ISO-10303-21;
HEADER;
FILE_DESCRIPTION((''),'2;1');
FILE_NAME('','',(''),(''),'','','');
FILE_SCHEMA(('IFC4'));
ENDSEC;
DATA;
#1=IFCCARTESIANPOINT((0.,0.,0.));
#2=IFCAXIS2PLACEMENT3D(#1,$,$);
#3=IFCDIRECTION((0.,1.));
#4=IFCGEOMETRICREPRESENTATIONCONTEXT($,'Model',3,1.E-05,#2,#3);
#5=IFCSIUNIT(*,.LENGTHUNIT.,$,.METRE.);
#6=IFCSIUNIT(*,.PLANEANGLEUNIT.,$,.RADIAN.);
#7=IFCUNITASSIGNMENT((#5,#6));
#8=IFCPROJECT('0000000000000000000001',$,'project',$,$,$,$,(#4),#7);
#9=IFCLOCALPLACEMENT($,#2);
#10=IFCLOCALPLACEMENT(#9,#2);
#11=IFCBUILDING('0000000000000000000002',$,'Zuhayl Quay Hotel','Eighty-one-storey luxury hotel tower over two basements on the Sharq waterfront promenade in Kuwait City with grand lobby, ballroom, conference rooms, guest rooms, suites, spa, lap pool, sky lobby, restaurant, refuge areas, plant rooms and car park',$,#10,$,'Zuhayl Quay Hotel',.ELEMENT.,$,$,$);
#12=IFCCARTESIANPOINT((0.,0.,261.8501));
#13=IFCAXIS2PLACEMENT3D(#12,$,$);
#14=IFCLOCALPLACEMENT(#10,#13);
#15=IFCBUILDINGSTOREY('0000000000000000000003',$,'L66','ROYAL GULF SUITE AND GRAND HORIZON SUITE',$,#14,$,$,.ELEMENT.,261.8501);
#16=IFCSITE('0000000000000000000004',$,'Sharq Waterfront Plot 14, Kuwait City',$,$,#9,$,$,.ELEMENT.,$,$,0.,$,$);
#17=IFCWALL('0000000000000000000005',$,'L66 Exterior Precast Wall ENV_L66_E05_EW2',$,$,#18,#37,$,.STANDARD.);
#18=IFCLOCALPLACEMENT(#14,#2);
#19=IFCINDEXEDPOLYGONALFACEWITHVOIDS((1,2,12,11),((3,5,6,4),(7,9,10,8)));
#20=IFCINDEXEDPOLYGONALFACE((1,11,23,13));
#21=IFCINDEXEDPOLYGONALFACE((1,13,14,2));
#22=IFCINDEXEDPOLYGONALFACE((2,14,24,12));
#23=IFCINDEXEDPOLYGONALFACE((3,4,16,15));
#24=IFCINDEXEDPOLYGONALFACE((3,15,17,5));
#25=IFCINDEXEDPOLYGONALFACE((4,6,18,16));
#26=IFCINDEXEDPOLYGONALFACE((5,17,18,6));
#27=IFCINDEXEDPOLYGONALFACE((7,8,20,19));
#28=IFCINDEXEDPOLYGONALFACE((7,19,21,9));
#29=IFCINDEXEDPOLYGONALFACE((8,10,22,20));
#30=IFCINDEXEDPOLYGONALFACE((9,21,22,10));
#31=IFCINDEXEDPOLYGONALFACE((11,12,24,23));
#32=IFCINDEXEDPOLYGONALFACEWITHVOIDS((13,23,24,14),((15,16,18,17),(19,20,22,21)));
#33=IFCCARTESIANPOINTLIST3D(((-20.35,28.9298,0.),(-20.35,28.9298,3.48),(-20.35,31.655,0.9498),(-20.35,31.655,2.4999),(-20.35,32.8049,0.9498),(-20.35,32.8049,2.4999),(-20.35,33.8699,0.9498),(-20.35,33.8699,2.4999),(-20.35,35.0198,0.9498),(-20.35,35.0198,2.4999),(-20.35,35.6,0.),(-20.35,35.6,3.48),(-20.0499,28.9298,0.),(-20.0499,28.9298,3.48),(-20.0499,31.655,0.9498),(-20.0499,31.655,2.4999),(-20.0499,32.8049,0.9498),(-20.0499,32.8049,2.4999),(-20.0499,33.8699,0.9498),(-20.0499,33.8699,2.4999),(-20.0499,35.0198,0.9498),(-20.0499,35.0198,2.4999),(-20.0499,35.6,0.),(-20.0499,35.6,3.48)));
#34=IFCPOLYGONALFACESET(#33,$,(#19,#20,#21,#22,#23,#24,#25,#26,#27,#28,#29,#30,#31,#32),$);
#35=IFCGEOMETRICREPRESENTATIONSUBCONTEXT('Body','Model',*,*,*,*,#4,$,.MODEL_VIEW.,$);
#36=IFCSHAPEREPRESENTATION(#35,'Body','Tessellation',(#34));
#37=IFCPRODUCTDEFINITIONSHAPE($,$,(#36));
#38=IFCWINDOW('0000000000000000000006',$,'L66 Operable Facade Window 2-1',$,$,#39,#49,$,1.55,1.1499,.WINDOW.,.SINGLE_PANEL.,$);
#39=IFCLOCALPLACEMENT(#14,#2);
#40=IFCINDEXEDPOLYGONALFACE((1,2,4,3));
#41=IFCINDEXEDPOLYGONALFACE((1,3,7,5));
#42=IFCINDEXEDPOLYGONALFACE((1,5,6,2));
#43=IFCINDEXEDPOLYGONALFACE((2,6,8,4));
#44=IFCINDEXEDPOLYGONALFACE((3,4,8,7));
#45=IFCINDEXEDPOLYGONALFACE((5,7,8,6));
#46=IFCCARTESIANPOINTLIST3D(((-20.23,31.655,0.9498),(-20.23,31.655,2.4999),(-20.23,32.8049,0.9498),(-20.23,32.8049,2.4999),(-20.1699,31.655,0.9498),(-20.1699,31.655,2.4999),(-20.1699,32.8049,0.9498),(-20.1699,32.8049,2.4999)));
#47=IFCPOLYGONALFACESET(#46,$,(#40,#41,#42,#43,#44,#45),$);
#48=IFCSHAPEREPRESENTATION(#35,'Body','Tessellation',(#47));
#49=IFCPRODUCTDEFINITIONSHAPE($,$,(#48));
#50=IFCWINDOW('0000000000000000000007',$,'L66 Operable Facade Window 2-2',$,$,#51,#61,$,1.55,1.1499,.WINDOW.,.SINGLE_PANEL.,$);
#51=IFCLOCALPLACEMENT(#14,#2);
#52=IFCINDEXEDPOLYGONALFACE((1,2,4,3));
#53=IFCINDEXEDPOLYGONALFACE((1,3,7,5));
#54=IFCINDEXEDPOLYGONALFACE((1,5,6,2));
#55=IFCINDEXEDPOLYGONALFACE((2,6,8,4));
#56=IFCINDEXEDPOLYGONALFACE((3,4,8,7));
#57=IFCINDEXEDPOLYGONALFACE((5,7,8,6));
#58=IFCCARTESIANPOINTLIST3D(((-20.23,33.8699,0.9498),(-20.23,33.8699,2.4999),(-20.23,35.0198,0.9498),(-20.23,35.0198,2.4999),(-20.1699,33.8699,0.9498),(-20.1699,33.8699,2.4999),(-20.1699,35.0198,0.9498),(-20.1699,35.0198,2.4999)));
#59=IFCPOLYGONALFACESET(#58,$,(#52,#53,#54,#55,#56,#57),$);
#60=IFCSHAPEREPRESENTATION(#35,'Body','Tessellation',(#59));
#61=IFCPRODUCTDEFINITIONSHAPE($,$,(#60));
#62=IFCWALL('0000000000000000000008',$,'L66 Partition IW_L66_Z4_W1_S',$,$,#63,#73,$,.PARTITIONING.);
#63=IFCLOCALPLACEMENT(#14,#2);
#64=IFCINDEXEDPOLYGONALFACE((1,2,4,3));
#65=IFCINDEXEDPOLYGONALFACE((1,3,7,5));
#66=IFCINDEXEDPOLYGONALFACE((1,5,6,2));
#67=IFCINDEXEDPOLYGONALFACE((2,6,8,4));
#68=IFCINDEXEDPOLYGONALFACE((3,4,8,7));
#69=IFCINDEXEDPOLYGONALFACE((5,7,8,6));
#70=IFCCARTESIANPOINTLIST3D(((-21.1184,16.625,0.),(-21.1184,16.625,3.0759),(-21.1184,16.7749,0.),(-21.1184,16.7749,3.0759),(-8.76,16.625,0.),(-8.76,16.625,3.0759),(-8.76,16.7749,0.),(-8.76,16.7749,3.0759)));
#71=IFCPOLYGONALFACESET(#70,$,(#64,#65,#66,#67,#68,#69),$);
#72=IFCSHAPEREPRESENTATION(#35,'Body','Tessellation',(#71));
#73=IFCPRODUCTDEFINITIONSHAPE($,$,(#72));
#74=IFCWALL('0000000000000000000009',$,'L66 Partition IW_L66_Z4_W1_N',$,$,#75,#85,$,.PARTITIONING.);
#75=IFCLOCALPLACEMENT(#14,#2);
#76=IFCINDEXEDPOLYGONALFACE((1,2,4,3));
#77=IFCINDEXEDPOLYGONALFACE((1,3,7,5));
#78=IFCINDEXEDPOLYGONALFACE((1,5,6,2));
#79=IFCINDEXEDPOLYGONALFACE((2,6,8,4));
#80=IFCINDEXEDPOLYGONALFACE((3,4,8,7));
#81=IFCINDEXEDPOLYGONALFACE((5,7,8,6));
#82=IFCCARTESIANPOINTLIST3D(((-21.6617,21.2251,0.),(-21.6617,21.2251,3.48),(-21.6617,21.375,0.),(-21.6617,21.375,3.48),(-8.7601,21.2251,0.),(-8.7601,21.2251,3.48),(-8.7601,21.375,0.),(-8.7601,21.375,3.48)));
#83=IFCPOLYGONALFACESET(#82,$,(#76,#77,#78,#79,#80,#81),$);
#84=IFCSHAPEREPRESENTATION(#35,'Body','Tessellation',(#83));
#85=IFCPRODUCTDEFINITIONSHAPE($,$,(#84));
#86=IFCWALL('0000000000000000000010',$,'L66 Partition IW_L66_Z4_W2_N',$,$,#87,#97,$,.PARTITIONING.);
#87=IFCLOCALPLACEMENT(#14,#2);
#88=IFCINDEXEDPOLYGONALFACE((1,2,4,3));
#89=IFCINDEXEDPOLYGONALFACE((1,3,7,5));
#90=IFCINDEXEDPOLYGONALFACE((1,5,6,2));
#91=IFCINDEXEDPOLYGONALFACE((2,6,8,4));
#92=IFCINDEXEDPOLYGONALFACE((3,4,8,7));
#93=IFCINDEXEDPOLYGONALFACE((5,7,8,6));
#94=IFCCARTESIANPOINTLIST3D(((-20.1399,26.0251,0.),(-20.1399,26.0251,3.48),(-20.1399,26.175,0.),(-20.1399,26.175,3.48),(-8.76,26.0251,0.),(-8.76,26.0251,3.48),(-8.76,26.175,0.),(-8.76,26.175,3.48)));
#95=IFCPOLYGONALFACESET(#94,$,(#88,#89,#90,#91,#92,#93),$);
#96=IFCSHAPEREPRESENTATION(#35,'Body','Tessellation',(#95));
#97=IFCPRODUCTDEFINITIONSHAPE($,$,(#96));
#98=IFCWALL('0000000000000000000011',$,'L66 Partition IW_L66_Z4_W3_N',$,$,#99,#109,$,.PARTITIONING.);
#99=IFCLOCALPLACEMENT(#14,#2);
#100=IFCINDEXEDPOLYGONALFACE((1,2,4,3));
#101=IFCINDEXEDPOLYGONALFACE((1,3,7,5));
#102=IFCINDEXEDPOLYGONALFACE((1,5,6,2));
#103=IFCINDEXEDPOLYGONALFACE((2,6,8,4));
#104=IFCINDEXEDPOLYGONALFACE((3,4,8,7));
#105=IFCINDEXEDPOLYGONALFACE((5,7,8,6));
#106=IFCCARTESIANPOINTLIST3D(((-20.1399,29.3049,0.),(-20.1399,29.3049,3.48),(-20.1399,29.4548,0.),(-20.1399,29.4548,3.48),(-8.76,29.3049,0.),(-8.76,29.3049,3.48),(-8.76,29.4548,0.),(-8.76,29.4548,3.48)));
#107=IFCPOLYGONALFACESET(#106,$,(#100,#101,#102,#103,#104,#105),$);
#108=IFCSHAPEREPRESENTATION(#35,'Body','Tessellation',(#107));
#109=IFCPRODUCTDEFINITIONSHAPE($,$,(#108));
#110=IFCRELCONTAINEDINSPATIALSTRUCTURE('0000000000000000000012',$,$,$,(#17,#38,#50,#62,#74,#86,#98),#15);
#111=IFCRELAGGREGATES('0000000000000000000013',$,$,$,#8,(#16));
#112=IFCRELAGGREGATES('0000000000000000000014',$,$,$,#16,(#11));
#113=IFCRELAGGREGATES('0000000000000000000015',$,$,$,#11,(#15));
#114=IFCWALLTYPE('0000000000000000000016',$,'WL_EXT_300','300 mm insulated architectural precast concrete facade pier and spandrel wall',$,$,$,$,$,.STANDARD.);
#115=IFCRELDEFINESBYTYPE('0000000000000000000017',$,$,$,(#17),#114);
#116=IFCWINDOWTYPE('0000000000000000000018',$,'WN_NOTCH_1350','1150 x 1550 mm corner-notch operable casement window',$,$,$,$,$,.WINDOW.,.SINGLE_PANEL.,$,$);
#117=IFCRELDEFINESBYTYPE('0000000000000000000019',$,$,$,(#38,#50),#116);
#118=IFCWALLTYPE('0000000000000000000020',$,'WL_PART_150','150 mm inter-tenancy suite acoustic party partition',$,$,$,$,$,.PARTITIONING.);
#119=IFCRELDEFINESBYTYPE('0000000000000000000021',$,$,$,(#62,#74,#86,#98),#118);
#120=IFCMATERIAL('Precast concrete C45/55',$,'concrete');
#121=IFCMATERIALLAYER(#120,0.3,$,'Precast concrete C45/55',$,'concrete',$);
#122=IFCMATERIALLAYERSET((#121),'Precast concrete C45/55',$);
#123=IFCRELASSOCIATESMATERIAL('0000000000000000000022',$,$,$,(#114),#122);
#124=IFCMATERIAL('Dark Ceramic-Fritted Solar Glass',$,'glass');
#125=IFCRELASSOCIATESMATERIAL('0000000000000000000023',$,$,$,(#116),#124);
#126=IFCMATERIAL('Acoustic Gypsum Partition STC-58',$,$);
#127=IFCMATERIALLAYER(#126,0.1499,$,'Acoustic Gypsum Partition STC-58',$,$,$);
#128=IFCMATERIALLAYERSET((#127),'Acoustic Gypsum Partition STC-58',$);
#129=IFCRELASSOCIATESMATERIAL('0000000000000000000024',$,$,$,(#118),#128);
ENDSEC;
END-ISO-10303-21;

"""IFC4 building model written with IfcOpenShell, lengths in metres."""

from ifc_helpers import new_model, si_unit, direction, frame, frame_2d, origin, place, context, subcontext, project, spatial, rectangle, extrude, material, layer, layer_set, type_object, element, fill, save


model = new_model("IFC4")

# Units and contexts
model_context = context("Model", 3, precision=1e-05, world=origin(), true_north=direction((0.0, 1.0)))
body_context = subcontext(model_context, "Body", "Model", "MODEL_VIEW")
ifc_project = project(units=[si_unit("LENGTHUNIT", "METRE"), si_unit("PLANEANGLEUNIT", "RADIAN")], contexts=[model_context])

# Site, building, storey
site_placement = place(None, origin())
site = spatial("IfcSite", under=ifc_project, at=site_placement, Name="Sharq Waterfront Plot 14, Kuwait City", CompositionType="ELEMENT", RefElevation=0.0)
building_placement = place(site_placement, origin())
building = spatial("IfcBuilding", under=site, at=building_placement, Name="Zuhayl Quay Hotel", Description="Eighty-one-storey luxury hotel tower over two basements on the Sharq waterfront promenade in Kuwait City with grand lobby, ballroom, conference rooms, guest rooms, suites, spa, lap pool, sky lobby, restaurant, refuge areas, plant rooms and car park", LongName="Zuhayl Quay Hotel", CompositionType="ELEMENT")
storey_placement = place(building_placement, frame((0.0, 0.0, 261.8501)))
storey = spatial("IfcBuildingStorey", under=building, at=storey_placement, Name="L66", Description="ROYAL GULF SUITE AND GRAND HORIZON SUITE", CompositionType="ELEMENT", Elevation=261.8501)

# Shared definitions
ifc_material_1 = material(Name="Dark Ceramic-Fritted Solar Glass", Category="glass")

# Shared definitions
ifc_material_2 = material(Name="Precast concrete C45/55", Category="concrete")
ifc_layer_1 = layer(ifc_material_2, 0.3, Name="Precast concrete C45/55", Category="concrete")
ifc_layer_set_1 = layer_set([ifc_layer_1], Name="Precast concrete C45/55")
wall_type_1 = type_object("IfcWallType", Name="WL_EXT_300", Description="300 mm insulated architectural precast concrete facade pier and spandrel wall", PredefinedType="STANDARD", material=ifc_layer_set_1)
window_type = type_object("IfcWindowType", Name="WN_NOTCH_1350", Description="1150 x 1550 mm corner-notch operable casement window", PartitioningType="SINGLE_PANEL", PredefinedType="WINDOW", material=ifc_material_1)

# Wall, openings, windows
wall_1_placement = place(storey_placement, frame((-20.2, 28.9299, 0.0), z_axis=(0.0, 0.0, 1.0), x_axis=(0.0, 1.0, 0.0)))
wall_1 = element("IfcWall", 1, at=wall_1_placement, inside=storey, type_object=wall_type_1, Name="L66 Exterior Precast Wall ENV_L66_E05_EW2", PredefinedType="STANDARD", context=body_context, shape_type="SweptSolid", body=[
    extrude(rectangle(XDim=6.6702, YDim=0.3, at=frame_2d((3.335, 0.0))), origin(), (0.0, 0.0, 1.0), 3.48),
])
opening_1_placement = place(wall_1_placement, frame((2.7251, 0.0, 0.95)))
opening_1 = element("IfcOpeningElement", 2, at=opening_1_placement, cuts=wall_1, PredefinedType="OPENING", context=body_context, shape_type="SweptSolid", body=[
    extrude(rectangle(XDim=1.1499, YDim=1.55, at=frame_2d((0.575, 0.7749))), frame((0.0, 0.1599, 0.0), z_axis=(0.0, -1.0, 0.0), x_axis=(1.0, 0.0, 0.0)), (0.0, 0.0, 1.0), 0.3201),
])
opening_2_placement = place(wall_1_placement, frame((4.9399, 0.0, 0.95)))
opening_2 = element("IfcOpeningElement", 3, at=opening_2_placement, cuts=wall_1, PredefinedType="OPENING", context=body_context, shape_type="SweptSolid", body=[
    extrude(rectangle(XDim=1.1499, YDim=1.55, at=frame_2d((0.575, 0.7749))), frame((0.0, 0.1599, 0.0), z_axis=(0.0, -1.0, 0.0), x_axis=(1.0, 0.0, 0.0)), (0.0, 0.0, 1.0), 0.3201),
])
window_1_placement = place(opening_1_placement, origin())
window_1 = element("IfcWindow", 4, at=window_1_placement, inside=storey, type_object=window_type, Name="L66 Operable Facade Window 2-1", OverallHeight=1.55, OverallWidth=1.1499, PartitioningType="SINGLE_PANEL", PredefinedType="WINDOW", context=body_context, shape_type="SweptSolid", body=[
    extrude(rectangle(XDim=1.1499, YDim=1.55, at=frame_2d((0.575, 0.7749))), frame((0.0, 0.03, 0.0), z_axis=(0.0, -1.0, 0.0), x_axis=(1.0, 0.0, 0.0)), (0.0, 0.0, 1.0), 0.0601),
])
fill(opening_1, window_1)
window_2_placement = place(opening_2_placement, origin())
window_2 = element("IfcWindow", 5, at=window_2_placement, inside=storey, type_object=window_type, Name="L66 Operable Facade Window 2-2", OverallHeight=1.55, OverallWidth=1.1499, PartitioningType="SINGLE_PANEL", PredefinedType="WINDOW", context=body_context, shape_type="SweptSolid", body=[
    extrude(rectangle(XDim=1.1499, YDim=1.55, at=frame_2d((0.575, 0.7749))), frame((0.0, 0.03, 0.0), z_axis=(0.0, -1.0, 0.0), x_axis=(1.0, 0.0, 0.0)), (0.0, 0.0, 1.0), 0.0601),
])
fill(opening_2, window_2)

# Walls
ifc_material_3 = material(Name="Acoustic Gypsum Partition STC-58")
ifc_layer_2 = layer(ifc_material_3, 0.1499, Name="Acoustic Gypsum Partition STC-58")
ifc_layer_set_2 = layer_set([ifc_layer_2], Name="Acoustic Gypsum Partition STC-58")
wall_type_2 = type_object("IfcWallType", Name="WL_PART_150", Description="150 mm inter-tenancy suite acoustic party partition", PredefinedType="PARTITIONING", material=ifc_layer_set_2)
wall_2_placement = place(storey_placement, frame((-21.1184, 16.7, 0.0), z_axis=(0.0, 0.0, 1.0), x_axis=(1.0, 0.0, 0.0)))
element("IfcWall", 6, at=wall_2_placement, inside=storey, type_object=wall_type_2, Name="L66 Partition IW_L66_Z4_W1_S", PredefinedType="PARTITIONING", context=body_context, shape_type="SweptSolid", body=[
    extrude(rectangle(XDim=12.3584, YDim=0.1499, at=frame_2d((6.1792, 0.0))), origin(), (0.0, 0.0, 1.0), 3.0759),
])
wall_3_placement = place(storey_placement, frame((-21.6616, 21.3, 0.0), z_axis=(0.0, 0.0, 1.0), x_axis=(1.0, 0.0, 0.0)))
element("IfcWall", 7, at=wall_3_placement, inside=storey, type_object=wall_type_2, Name="L66 Partition IW_L66_Z4_W1_N", PredefinedType="PARTITIONING", context=body_context, shape_type="SweptSolid", body=[
    extrude(rectangle(XDim=12.9016, YDim=0.1499, at=frame_2d((6.4507, 0.0))), origin(), (0.0, 0.0, 1.0), 3.48),
])
for number, where, z_axis, x_axis, name in (
    (8, (-20.1399, 26.1001, 0.0), (0.0, 0.0, 1.0), (1.0, 0.0, 0.0), "L66 Partition IW_L66_Z4_W2_N"),
    (9, (-20.1399, 29.3799, 0.0), (0.0, 0.0, 1.0), (1.0, 0.0, 0.0), "L66 Partition IW_L66_Z4_W3_N"),
):
    element("IfcWall", number, at=place(storey_placement, frame(where, z_axis=z_axis, x_axis=x_axis)), inside=storey, type_object=wall_type_2, Name=name, PredefinedType="PARTITIONING", context=body_context, shape_type="SweptSolid", body=[
        extrude(rectangle(XDim=11.3799, YDim=0.1499, at=frame_2d((5.6899, 0.0))), origin(), (0.0, 0.0, 1.0), 3.48),
    ])

save(model, "model.ifc")
